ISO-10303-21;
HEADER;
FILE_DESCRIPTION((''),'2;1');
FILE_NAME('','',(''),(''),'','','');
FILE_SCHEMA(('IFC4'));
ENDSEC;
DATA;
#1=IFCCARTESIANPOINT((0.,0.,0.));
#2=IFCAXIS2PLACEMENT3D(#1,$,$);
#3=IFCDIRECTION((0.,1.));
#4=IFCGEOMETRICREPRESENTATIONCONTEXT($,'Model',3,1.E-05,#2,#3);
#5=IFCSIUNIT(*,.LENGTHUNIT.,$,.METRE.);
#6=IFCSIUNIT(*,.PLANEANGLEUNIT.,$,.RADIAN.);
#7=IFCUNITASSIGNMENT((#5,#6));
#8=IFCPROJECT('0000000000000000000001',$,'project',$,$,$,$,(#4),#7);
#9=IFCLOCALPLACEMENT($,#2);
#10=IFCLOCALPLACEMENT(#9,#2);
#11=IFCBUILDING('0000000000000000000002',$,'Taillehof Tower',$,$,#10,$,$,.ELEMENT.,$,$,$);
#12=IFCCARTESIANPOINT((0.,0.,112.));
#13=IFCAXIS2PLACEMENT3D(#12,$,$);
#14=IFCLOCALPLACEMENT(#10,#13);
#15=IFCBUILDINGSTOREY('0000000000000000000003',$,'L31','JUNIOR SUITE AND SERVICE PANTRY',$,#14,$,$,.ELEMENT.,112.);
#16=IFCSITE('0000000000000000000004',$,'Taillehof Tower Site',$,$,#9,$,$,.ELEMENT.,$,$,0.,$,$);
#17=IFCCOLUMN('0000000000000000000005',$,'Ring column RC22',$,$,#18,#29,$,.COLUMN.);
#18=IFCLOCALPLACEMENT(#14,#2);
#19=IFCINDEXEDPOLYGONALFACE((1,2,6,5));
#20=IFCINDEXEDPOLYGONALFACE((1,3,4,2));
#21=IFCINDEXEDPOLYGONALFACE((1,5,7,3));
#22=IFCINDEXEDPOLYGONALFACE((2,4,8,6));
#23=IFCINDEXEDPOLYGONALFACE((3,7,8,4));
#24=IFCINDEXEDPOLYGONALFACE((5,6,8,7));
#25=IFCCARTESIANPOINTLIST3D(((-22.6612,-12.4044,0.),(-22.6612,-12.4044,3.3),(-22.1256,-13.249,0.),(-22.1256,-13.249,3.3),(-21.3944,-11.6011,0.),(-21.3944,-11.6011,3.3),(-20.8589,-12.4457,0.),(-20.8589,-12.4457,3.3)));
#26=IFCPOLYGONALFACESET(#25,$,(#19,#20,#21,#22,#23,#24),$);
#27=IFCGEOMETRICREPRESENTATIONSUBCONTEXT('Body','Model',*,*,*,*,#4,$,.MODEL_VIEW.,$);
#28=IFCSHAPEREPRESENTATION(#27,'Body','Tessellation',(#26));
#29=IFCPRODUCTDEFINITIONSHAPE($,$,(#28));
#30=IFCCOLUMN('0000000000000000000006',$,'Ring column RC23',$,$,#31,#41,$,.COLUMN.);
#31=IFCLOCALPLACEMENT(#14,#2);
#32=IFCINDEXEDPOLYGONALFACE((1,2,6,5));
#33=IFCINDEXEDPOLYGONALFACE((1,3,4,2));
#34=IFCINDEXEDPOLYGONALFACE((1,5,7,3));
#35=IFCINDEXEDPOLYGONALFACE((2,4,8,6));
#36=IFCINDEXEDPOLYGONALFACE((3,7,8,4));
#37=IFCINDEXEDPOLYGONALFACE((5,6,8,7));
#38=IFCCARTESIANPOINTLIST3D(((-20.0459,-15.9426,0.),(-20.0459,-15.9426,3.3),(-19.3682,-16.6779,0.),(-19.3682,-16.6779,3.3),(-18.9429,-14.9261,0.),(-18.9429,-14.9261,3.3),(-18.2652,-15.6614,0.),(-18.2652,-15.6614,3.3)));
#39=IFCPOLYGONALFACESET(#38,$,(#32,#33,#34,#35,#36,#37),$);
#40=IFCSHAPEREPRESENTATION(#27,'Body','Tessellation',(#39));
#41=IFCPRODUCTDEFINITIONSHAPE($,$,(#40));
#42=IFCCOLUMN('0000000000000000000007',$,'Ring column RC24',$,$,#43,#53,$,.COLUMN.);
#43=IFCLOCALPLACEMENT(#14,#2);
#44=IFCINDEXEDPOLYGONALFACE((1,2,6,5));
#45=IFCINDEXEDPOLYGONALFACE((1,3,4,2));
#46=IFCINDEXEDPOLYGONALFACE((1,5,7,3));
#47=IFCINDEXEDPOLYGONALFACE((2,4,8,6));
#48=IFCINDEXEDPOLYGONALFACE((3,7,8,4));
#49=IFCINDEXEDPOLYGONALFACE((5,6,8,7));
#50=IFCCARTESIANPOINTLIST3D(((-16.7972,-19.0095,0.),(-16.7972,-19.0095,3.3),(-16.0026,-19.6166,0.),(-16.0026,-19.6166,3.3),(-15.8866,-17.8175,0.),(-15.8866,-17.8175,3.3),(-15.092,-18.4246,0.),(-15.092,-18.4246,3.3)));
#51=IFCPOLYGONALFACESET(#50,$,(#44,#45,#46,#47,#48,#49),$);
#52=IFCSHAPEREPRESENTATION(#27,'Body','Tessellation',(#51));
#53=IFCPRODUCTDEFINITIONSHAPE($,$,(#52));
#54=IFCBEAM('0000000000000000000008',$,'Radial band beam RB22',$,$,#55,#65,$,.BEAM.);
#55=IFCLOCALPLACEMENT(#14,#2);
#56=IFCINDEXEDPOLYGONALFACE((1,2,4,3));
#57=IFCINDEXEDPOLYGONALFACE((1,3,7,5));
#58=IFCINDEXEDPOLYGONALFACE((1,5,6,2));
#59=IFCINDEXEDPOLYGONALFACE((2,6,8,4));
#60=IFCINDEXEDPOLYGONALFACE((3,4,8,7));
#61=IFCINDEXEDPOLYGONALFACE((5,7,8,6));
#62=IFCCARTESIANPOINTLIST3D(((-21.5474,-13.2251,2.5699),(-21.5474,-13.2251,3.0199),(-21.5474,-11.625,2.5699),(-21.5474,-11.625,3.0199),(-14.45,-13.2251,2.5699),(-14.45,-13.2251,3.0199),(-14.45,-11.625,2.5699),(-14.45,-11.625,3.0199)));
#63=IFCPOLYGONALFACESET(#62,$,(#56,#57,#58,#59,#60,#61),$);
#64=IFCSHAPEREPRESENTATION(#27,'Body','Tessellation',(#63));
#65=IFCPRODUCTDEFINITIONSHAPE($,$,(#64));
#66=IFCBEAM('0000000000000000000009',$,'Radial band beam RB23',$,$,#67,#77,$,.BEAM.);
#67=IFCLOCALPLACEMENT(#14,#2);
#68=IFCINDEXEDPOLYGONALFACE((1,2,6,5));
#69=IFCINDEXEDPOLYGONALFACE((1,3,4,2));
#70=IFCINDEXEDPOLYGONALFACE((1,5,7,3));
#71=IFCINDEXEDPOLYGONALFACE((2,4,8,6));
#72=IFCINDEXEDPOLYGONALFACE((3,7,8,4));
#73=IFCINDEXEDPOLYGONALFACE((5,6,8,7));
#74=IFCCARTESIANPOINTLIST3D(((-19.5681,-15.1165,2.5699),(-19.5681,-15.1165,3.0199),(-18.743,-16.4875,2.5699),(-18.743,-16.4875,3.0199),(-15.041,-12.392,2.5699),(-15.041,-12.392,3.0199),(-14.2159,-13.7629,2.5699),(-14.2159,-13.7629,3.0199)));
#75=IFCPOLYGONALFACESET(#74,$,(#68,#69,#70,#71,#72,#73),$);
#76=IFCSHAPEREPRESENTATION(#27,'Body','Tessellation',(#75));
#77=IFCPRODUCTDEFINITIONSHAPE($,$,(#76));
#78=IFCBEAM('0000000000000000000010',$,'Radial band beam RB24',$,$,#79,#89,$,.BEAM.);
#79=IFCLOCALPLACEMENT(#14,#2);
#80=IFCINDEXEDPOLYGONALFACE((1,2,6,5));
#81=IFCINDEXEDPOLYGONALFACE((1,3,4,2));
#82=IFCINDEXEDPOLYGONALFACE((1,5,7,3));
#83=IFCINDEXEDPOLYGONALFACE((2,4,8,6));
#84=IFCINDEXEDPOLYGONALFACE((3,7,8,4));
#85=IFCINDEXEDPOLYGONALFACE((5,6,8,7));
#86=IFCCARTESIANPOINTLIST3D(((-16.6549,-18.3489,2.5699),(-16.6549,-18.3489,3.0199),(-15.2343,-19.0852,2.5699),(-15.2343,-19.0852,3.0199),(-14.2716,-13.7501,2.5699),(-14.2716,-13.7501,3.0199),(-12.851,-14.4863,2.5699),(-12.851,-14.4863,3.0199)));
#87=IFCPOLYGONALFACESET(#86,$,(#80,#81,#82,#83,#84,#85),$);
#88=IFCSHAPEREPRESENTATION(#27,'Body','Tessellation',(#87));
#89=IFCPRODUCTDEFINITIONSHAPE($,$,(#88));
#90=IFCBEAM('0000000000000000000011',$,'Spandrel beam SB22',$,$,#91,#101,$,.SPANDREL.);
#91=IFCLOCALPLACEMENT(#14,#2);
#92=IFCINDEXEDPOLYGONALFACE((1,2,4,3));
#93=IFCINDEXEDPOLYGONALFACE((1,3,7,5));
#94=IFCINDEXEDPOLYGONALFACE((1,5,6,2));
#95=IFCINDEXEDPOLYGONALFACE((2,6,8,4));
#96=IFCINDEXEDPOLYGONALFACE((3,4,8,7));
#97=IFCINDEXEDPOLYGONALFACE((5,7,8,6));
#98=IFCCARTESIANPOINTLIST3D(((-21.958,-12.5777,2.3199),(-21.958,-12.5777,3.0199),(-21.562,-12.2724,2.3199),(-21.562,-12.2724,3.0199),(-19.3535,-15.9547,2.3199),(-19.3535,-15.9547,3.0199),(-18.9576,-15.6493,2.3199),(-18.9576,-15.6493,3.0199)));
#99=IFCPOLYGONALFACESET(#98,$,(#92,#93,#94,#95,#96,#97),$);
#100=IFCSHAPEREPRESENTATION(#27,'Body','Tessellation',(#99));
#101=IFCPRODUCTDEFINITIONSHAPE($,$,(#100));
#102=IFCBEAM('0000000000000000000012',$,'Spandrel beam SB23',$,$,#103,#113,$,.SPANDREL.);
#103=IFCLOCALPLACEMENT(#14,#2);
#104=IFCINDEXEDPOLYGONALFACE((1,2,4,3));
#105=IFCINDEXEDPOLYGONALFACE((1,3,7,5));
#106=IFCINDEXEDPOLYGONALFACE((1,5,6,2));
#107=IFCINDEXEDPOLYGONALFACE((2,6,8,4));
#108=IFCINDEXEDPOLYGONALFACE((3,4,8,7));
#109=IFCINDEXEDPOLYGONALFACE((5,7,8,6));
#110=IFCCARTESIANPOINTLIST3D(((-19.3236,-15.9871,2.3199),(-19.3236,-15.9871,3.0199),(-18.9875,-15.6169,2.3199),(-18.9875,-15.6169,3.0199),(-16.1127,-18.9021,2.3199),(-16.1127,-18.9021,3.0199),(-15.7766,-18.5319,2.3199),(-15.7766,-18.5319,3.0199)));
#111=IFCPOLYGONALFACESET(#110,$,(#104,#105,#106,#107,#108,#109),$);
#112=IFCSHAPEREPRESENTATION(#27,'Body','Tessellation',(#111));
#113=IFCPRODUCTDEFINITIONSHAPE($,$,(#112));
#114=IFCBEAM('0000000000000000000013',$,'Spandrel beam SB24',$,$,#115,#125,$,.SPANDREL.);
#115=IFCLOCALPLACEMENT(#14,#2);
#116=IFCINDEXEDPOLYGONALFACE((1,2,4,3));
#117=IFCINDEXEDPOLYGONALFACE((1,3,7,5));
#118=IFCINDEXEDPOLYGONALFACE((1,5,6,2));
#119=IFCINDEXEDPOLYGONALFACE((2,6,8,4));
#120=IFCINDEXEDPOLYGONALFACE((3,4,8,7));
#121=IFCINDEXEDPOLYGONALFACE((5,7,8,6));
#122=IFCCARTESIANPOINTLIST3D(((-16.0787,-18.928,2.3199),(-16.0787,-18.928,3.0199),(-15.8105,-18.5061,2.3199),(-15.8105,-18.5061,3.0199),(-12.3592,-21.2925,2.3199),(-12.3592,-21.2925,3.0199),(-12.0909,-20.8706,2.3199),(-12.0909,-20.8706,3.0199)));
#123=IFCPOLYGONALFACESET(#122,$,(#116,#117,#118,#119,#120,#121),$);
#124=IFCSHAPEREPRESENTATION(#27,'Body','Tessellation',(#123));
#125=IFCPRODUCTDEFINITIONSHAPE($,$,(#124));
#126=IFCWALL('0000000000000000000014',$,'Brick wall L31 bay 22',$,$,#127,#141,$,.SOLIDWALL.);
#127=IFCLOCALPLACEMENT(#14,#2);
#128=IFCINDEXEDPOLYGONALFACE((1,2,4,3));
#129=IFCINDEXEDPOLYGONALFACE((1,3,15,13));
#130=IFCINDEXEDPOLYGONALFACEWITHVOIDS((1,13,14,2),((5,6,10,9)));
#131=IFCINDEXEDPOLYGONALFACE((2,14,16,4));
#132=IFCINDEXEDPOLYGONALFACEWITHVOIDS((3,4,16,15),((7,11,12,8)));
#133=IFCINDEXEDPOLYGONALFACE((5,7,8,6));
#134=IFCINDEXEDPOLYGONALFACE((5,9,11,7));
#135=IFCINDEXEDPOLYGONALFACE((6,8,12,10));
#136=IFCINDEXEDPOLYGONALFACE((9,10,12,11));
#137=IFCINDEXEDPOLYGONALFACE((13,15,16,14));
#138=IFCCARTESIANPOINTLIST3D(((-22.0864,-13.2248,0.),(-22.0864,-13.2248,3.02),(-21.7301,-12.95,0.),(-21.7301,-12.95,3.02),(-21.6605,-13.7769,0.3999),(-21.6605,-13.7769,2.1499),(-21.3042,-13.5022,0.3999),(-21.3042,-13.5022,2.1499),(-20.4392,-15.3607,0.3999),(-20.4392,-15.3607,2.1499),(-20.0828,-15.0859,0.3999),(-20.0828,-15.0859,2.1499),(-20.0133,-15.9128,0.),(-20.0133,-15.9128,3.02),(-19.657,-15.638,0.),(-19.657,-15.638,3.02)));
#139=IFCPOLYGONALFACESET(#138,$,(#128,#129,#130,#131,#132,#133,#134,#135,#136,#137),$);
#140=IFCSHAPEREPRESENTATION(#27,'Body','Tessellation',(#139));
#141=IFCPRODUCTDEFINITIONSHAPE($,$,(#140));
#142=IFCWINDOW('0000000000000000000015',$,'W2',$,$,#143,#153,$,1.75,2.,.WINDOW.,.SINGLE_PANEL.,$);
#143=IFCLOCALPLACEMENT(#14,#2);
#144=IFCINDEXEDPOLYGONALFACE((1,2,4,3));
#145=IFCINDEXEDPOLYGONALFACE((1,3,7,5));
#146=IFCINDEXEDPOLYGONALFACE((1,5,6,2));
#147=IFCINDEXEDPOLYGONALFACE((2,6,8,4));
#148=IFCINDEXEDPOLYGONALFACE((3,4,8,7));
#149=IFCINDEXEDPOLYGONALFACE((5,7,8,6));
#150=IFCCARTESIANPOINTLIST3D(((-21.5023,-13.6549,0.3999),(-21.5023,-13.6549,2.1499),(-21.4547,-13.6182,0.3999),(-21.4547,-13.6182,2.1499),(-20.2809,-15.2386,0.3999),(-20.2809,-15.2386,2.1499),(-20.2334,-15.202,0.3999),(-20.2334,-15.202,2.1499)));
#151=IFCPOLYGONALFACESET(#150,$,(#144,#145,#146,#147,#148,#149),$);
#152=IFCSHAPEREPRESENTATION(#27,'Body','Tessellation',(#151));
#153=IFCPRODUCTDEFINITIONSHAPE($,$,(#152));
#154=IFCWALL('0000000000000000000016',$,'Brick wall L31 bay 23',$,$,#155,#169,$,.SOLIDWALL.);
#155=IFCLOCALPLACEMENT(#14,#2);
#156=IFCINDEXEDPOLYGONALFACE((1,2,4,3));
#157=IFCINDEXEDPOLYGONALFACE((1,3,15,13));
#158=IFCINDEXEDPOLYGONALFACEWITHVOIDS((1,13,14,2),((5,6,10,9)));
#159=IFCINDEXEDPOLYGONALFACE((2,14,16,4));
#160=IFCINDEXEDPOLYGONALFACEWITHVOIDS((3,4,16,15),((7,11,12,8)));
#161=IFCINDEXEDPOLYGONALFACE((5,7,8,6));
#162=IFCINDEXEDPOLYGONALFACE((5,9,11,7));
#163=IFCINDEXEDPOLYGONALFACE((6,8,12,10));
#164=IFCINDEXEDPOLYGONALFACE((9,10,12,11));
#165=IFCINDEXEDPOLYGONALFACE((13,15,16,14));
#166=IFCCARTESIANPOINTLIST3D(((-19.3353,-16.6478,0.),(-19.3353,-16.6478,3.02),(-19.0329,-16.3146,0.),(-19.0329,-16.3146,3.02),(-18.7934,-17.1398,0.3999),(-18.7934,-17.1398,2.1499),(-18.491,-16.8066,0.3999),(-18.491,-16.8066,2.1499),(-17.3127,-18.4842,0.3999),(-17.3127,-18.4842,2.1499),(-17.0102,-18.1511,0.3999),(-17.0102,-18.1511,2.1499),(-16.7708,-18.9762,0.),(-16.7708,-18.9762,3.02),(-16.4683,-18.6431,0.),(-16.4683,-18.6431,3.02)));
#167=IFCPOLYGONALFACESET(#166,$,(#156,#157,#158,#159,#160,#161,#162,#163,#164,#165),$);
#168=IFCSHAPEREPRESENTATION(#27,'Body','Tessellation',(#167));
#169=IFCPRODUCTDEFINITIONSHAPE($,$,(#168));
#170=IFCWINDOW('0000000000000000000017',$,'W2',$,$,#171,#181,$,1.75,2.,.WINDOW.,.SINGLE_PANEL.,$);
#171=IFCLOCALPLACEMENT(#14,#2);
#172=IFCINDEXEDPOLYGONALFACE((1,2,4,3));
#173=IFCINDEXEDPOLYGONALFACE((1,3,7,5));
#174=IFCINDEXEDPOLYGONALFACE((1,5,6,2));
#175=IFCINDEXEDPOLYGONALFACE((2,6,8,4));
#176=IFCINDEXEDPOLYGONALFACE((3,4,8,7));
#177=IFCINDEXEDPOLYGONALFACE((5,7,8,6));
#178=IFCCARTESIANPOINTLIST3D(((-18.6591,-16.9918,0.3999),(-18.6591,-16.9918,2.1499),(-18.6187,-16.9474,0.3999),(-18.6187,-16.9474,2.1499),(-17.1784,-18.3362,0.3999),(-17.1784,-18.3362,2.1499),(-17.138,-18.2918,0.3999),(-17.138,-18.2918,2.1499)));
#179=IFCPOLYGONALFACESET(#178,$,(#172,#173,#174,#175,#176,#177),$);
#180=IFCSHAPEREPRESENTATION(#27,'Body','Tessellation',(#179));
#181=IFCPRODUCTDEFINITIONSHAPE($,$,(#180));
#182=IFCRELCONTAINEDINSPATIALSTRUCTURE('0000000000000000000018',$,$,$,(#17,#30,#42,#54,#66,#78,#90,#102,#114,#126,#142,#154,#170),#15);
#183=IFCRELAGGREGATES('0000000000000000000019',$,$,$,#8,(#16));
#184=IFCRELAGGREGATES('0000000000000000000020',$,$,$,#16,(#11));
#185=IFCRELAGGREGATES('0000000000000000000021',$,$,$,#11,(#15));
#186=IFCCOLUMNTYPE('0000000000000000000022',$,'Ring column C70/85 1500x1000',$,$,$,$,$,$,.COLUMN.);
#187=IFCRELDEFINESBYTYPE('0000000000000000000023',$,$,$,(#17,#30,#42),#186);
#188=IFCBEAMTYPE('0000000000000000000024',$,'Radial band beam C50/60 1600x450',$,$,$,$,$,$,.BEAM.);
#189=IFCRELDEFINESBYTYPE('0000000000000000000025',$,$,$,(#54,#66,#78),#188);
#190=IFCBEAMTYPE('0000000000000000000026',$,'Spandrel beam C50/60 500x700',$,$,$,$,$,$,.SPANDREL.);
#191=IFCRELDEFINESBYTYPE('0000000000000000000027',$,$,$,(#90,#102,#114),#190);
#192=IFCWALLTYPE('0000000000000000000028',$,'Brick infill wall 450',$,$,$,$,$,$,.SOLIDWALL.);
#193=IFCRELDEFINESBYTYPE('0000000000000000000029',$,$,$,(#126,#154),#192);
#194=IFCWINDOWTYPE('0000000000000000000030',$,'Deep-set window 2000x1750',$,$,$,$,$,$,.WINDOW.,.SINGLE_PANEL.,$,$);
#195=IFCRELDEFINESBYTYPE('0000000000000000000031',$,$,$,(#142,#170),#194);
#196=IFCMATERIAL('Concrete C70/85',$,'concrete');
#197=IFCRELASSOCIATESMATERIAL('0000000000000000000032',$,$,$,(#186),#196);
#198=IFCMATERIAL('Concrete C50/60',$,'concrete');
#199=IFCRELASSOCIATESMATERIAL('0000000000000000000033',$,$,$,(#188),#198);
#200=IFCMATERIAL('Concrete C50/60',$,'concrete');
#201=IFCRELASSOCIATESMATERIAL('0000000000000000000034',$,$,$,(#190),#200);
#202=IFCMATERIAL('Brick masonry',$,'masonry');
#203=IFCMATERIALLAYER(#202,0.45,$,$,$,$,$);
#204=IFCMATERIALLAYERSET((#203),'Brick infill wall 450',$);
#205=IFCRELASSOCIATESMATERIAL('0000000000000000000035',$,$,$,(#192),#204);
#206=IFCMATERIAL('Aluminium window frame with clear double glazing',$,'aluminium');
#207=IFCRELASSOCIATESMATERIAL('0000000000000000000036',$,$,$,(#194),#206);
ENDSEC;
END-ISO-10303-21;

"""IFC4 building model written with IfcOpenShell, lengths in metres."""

from ifc_helpers import new_model, si_unit, direction, frame, frame_2d, origin, origin_2d, place, context, subcontext, project, spatial, rectangle, extrude, material, layer, layer_set, material_profile, profile_set, type_object, element, fill, save


model = new_model("IFC4")

# Units and contexts
model_context = context("Model", 3, precision=1e-05, world=origin(), true_north=direction((0.0, 1.0)))
body_context = subcontext(model_context, "Body", "Model", "MODEL_VIEW")
ifc_project = project(units=[si_unit("LENGTHUNIT", "METRE"), si_unit("PLANEANGLEUNIT", "RADIAN")], contexts=[model_context])

# Site, building, storey
site_placement = place(None, origin())
site = spatial("IfcSite", under=ifc_project, at=site_placement, Name="Taillehof Tower Site", CompositionType="ELEMENT", RefElevation=0.0)
building_placement = place(site_placement, origin())
building = spatial("IfcBuilding", under=site, at=building_placement, Name="Taillehof Tower", CompositionType="ELEMENT")
storey_placement = place(building_placement, frame((0.0, 0.0, 112.0)))
storey = spatial("IfcBuildingStorey", under=building, at=storey_placement, Name="L31", Description="JUNIOR SUITE AND SERVICE PANTRY", CompositionType="ELEMENT", Elevation=112.0)

# Columns
ifc_material_1 = material(Name="Concrete C70/85", Category="concrete")
ifc_material_profile_1 = material_profile(ifc_material_1, rectangle(XDim=1.5, YDim=1.0, at=origin_2d()), Name="RC 1500x1000")
ifc_profile_set_1 = profile_set([ifc_material_profile_1], Name="Concrete C70/85")
column_type = type_object("IfcColumnType", Name="Ring column C70/85 1500x1000", PredefinedType="COLUMN", material=ifc_profile_set_1)
for number, where, z_axis, x_axis, name in (
    (1, (-21.76, -12.425, 0.0), (0.0, 0.0, 1.0), (-0.844511, -0.535537, 0.0), "Ring column RC22"),
    (2, (-19.1555, -15.802, 0.0), (0.0, 0.0, 1.0), (-0.735332, -0.677707, 0.0), "Ring column RC23"),
    (3, (-15.9446, -18.717, 0.0), (0.0, 0.0, 1.0), (-0.607074, -0.794645, 0.0), "Ring column RC24"),
):
    element("IfcColumn", number, at=place(storey_placement, frame(where, z_axis=z_axis, x_axis=x_axis)), inside=storey, type_object=column_type, Name=name, PredefinedType="COLUMN", context=body_context, shape_type="SweptSolid", body=[
        extrude(rectangle(XDim=1.5, YDim=1.0, at=origin_2d()), origin(), (0.0, 0.0, 1.0), 3.3),
    ])

# Beams
ifc_material_2 = material(Name="Concrete C50/60", Category="concrete")
ifc_material_profile_2 = material_profile(ifc_material_2, rectangle(XDim=1.6001, YDim=0.45, at=origin_2d()), Name="RC 1600x450")
ifc_profile_set_2 = profile_set([ifc_material_profile_2], Name="Concrete C50/60")
beam_type_1 = type_object("IfcBeamType", Name="Radial band beam C50/60 1600x450", PredefinedType="BEAM", material=ifc_profile_set_2)
beam_1_placement = place(storey_placement, frame((-21.5474, -12.425, 2.7949), z_axis=(1.0, 0.0, 0.0), x_axis=(0.0, 1.0, 0.0)))
element("IfcBeam", 4, at=beam_1_placement, inside=storey, type_object=beam_type_1, Name="Radial band beam RB22", PredefinedType="BEAM", context=body_context, shape_type="SweptSolid", body=[
    extrude(rectangle(XDim=1.6001, YDim=0.45, at=origin_2d()), origin(), (0.0, 0.0, 1.0), 7.0974),
])
beam_2_placement = place(storey_placement, frame((-19.1555, -15.802, 2.7949), z_axis=(0.856795, 0.515657, 0.0), x_axis=(-0.515657, 0.856795, 0.0)))
element("IfcBeam", 5, at=beam_2_placement, inside=storey, type_object=beam_type_1, Name="Radial band beam RB23", PredefinedType="BEAM", context=body_context, shape_type="SweptSolid", body=[
    extrude(rectangle(XDim=1.6001, YDim=0.45, at=origin_2d()), origin(), (0.0, 0.0, 1.0), 5.2837),
])
beam_3_placement = place(storey_placement, frame((-15.9446, -18.717, 2.7949), z_axis=(0.460119, 0.887857, 0.0), x_axis=(-0.887857, 0.460119, 0.0)))
element("IfcBeam", 6, at=beam_3_placement, inside=storey, type_object=beam_type_1, Name="Radial band beam RB24", PredefinedType="BEAM", context=body_context, shape_type="SweptSolid", body=[
    extrude(rectangle(XDim=1.6001, YDim=0.45, at=origin_2d()), origin(), (0.0, 0.0, 1.0), 5.1797),
])
ifc_material_3 = material(Name="Concrete C50/60", Category="concrete")
ifc_material_profile_3 = material_profile(ifc_material_3, rectangle(XDim=0.5, YDim=0.7, at=origin_2d()), Name="RC 500x700")
ifc_profile_set_3 = profile_set([ifc_material_profile_3], Name="Concrete C50/60")
beam_type_2 = type_object("IfcBeamType", Name="Spandrel beam C50/60 500x700", PredefinedType="SPANDREL", material=ifc_profile_set_3)
beam_4_placement = place(storey_placement, frame((-21.76, -12.425, 2.6699), z_axis=(0.610717, -0.791849, 0.0), x_axis=(0.791849, 0.610717, 0.0)))
element("IfcBeam", 7, at=beam_4_placement, inside=storey, type_object=beam_type_2, Name="Spandrel beam SB22", PredefinedType="SPANDREL", context=body_context, shape_type="SweptSolid", body=[
    extrude(rectangle(XDim=0.5, YDim=0.7, at=origin_2d()), origin(), (0.0, 0.0, 1.0), 4.2646),
])
beam_5_placement = place(storey_placement, frame((-19.1555, -15.802, 2.6699), z_axis=(0.740398, -0.672168, 0.0), x_axis=(0.672168, 0.740398, 0.0)))
element("IfcBeam", 8, at=beam_5_placement, inside=storey, type_object=beam_type_2, Name="Spandrel beam SB23", PredefinedType="SPANDREL", context=body_context, shape_type="SweptSolid", body=[
    extrude(rectangle(XDim=0.5, YDim=0.7, at=origin_2d()), origin(), (0.0, 0.0, 1.0), 4.3367),
])
beam_6_placement = place(storey_placement, frame((-15.9446, -18.717, 2.6699), z_axis=(0.843912, -0.536481, 0.0), x_axis=(0.536481, 0.843912, 0.0)))
element("IfcBeam", 9, at=beam_6_placement, inside=storey, type_object=beam_type_2, Name="Spandrel beam SB24", PredefinedType="SPANDREL", context=body_context, shape_type="SweptSolid", body=[
    extrude(rectangle(XDim=0.5, YDim=0.7, at=origin_2d()), origin(), (0.0, 0.0, 1.0), 4.4075),
])

# Walls, openings, windows
ifc_material_4 = material(Name="Brick masonry", Category="masonry")
ifc_layer_1 = layer(ifc_material_4, 0.45)
ifc_layer_set_1 = layer_set([ifc_layer_1], Name="Brick infill wall 450")
wall_type_1 = type_object("IfcWallType", Name="Brick infill wall 450", PredefinedType="SOLIDWALL", material=ifc_layer_set_1)
wall_1_placement = place(storey_placement, frame((-21.9082, -13.0874, 0.0), z_axis=(0.0, 0.0, 1.0), x_axis=(0.610694, -0.791867, 0.0)))
wall_1 = element("IfcWall", 10, at=wall_1_placement, inside=storey, type_object=wall_type_1, Name="Brick wall L31 bay 22", PredefinedType="SOLIDWALL", context=body_context, shape_type="SweptSolid", body=[
    extrude(rectangle(XDim=3.3945, YDim=0.45, at=frame_2d((1.6973, 0.0))), origin(), (0.0, 0.0, 1.0), 3.02),
])
opening_1_placement = place(wall_1_placement, frame((0.6973, 0.0, 0.3999)))
opening_1 = element("IfcOpeningElement", 11, at=opening_1_placement, cuts=wall_1, PredefinedType="OPENING", context=body_context, shape_type="SweptSolid", body=[
    extrude(rectangle(XDim=2.0, YDim=1.75, at=frame_2d((1.0, 0.875))), frame((0.0, 0.2349, 0.0), z_axis=(0.0, -1.0, 0.0), x_axis=(1.0, 0.0, 0.0)), (0.0, 0.0, 1.0), 0.47),
])
ifc_material_5 = material(Name="Aluminium window frame with clear double glazing", Category="aluminium")
window_type = type_object("IfcWindowType", Name="Deep-set window 2000x1750", PartitioningType="SINGLE_PANEL", PredefinedType="WINDOW", material=ifc_material_5)
window_1_placement = place(opening_1_placement, origin())
window_1 = element("IfcWindow", 12, at=window_1_placement, inside=storey, type_object=window_type, Name="W2", OverallHeight=1.75, OverallWidth=2.0, PartitioningType="SINGLE_PANEL", PredefinedType="WINDOW", context=body_context, shape_type="SweptSolid", body=[
    extrude(rectangle(XDim=2.0, YDim=1.75, at=frame_2d((1.0, 0.875))), frame((0.0, 0.0349, 0.0), z_axis=(0.0, -1.0, 0.0), x_axis=(1.0, 0.0, 0.0)), (0.0, 0.0, 1.0), 0.0601),
])
fill(opening_1, window_1)
wall_2_placement = place(storey_placement, frame((-19.1841, -16.4812, 0.0), z_axis=(0.0, 0.0, 1.0), x_axis=(0.740364, -0.672206, 0.0)))
wall_2 = element("IfcWall", 13, at=wall_2_placement, inside=storey, type_object=wall_type_1, Name="Brick wall L31 bay 23", PredefinedType="SOLIDWALL", context=body_context, shape_type="SweptSolid", body=[
    extrude(rectangle(XDim=3.4639, YDim=0.45, at=frame_2d((1.7319, 0.0))), origin(), (0.0, 0.0, 1.0), 3.02),
])
opening_2_placement = place(wall_2_placement, frame((0.7319, 0.0, 0.3999)))
opening_2 = element("IfcOpeningElement", 14, at=opening_2_placement, cuts=wall_2, PredefinedType="OPENING", context=body_context, shape_type="SweptSolid", body=[
    extrude(rectangle(XDim=2.0, YDim=1.75, at=frame_2d((1.0, 0.875))), frame((0.0, 0.2349, 0.0), z_axis=(0.0, -1.0, 0.0), x_axis=(1.0, 0.0, 0.0)), (0.0, 0.0, 1.0), 0.47),
])
window_2_placement = place(opening_2_placement, origin())
window_2 = element("IfcWindow", 15, at=window_2_placement, inside=storey, type_object=window_type, Name="W2", OverallHeight=1.75, OverallWidth=2.0, PartitioningType="SINGLE_PANEL", PredefinedType="WINDOW", context=body_context, shape_type="SweptSolid", body=[
    extrude(rectangle(XDim=2.0, YDim=1.75, at=frame_2d((1.0, 0.875))), frame((0.0, 0.0349, 0.0), z_axis=(0.0, -1.0, 0.0), x_axis=(1.0, 0.0, 0.0)), (0.0, 0.0, 1.0), 0.0601),
])
fill(opening_2, window_2)

save(model, "model.ifc")
